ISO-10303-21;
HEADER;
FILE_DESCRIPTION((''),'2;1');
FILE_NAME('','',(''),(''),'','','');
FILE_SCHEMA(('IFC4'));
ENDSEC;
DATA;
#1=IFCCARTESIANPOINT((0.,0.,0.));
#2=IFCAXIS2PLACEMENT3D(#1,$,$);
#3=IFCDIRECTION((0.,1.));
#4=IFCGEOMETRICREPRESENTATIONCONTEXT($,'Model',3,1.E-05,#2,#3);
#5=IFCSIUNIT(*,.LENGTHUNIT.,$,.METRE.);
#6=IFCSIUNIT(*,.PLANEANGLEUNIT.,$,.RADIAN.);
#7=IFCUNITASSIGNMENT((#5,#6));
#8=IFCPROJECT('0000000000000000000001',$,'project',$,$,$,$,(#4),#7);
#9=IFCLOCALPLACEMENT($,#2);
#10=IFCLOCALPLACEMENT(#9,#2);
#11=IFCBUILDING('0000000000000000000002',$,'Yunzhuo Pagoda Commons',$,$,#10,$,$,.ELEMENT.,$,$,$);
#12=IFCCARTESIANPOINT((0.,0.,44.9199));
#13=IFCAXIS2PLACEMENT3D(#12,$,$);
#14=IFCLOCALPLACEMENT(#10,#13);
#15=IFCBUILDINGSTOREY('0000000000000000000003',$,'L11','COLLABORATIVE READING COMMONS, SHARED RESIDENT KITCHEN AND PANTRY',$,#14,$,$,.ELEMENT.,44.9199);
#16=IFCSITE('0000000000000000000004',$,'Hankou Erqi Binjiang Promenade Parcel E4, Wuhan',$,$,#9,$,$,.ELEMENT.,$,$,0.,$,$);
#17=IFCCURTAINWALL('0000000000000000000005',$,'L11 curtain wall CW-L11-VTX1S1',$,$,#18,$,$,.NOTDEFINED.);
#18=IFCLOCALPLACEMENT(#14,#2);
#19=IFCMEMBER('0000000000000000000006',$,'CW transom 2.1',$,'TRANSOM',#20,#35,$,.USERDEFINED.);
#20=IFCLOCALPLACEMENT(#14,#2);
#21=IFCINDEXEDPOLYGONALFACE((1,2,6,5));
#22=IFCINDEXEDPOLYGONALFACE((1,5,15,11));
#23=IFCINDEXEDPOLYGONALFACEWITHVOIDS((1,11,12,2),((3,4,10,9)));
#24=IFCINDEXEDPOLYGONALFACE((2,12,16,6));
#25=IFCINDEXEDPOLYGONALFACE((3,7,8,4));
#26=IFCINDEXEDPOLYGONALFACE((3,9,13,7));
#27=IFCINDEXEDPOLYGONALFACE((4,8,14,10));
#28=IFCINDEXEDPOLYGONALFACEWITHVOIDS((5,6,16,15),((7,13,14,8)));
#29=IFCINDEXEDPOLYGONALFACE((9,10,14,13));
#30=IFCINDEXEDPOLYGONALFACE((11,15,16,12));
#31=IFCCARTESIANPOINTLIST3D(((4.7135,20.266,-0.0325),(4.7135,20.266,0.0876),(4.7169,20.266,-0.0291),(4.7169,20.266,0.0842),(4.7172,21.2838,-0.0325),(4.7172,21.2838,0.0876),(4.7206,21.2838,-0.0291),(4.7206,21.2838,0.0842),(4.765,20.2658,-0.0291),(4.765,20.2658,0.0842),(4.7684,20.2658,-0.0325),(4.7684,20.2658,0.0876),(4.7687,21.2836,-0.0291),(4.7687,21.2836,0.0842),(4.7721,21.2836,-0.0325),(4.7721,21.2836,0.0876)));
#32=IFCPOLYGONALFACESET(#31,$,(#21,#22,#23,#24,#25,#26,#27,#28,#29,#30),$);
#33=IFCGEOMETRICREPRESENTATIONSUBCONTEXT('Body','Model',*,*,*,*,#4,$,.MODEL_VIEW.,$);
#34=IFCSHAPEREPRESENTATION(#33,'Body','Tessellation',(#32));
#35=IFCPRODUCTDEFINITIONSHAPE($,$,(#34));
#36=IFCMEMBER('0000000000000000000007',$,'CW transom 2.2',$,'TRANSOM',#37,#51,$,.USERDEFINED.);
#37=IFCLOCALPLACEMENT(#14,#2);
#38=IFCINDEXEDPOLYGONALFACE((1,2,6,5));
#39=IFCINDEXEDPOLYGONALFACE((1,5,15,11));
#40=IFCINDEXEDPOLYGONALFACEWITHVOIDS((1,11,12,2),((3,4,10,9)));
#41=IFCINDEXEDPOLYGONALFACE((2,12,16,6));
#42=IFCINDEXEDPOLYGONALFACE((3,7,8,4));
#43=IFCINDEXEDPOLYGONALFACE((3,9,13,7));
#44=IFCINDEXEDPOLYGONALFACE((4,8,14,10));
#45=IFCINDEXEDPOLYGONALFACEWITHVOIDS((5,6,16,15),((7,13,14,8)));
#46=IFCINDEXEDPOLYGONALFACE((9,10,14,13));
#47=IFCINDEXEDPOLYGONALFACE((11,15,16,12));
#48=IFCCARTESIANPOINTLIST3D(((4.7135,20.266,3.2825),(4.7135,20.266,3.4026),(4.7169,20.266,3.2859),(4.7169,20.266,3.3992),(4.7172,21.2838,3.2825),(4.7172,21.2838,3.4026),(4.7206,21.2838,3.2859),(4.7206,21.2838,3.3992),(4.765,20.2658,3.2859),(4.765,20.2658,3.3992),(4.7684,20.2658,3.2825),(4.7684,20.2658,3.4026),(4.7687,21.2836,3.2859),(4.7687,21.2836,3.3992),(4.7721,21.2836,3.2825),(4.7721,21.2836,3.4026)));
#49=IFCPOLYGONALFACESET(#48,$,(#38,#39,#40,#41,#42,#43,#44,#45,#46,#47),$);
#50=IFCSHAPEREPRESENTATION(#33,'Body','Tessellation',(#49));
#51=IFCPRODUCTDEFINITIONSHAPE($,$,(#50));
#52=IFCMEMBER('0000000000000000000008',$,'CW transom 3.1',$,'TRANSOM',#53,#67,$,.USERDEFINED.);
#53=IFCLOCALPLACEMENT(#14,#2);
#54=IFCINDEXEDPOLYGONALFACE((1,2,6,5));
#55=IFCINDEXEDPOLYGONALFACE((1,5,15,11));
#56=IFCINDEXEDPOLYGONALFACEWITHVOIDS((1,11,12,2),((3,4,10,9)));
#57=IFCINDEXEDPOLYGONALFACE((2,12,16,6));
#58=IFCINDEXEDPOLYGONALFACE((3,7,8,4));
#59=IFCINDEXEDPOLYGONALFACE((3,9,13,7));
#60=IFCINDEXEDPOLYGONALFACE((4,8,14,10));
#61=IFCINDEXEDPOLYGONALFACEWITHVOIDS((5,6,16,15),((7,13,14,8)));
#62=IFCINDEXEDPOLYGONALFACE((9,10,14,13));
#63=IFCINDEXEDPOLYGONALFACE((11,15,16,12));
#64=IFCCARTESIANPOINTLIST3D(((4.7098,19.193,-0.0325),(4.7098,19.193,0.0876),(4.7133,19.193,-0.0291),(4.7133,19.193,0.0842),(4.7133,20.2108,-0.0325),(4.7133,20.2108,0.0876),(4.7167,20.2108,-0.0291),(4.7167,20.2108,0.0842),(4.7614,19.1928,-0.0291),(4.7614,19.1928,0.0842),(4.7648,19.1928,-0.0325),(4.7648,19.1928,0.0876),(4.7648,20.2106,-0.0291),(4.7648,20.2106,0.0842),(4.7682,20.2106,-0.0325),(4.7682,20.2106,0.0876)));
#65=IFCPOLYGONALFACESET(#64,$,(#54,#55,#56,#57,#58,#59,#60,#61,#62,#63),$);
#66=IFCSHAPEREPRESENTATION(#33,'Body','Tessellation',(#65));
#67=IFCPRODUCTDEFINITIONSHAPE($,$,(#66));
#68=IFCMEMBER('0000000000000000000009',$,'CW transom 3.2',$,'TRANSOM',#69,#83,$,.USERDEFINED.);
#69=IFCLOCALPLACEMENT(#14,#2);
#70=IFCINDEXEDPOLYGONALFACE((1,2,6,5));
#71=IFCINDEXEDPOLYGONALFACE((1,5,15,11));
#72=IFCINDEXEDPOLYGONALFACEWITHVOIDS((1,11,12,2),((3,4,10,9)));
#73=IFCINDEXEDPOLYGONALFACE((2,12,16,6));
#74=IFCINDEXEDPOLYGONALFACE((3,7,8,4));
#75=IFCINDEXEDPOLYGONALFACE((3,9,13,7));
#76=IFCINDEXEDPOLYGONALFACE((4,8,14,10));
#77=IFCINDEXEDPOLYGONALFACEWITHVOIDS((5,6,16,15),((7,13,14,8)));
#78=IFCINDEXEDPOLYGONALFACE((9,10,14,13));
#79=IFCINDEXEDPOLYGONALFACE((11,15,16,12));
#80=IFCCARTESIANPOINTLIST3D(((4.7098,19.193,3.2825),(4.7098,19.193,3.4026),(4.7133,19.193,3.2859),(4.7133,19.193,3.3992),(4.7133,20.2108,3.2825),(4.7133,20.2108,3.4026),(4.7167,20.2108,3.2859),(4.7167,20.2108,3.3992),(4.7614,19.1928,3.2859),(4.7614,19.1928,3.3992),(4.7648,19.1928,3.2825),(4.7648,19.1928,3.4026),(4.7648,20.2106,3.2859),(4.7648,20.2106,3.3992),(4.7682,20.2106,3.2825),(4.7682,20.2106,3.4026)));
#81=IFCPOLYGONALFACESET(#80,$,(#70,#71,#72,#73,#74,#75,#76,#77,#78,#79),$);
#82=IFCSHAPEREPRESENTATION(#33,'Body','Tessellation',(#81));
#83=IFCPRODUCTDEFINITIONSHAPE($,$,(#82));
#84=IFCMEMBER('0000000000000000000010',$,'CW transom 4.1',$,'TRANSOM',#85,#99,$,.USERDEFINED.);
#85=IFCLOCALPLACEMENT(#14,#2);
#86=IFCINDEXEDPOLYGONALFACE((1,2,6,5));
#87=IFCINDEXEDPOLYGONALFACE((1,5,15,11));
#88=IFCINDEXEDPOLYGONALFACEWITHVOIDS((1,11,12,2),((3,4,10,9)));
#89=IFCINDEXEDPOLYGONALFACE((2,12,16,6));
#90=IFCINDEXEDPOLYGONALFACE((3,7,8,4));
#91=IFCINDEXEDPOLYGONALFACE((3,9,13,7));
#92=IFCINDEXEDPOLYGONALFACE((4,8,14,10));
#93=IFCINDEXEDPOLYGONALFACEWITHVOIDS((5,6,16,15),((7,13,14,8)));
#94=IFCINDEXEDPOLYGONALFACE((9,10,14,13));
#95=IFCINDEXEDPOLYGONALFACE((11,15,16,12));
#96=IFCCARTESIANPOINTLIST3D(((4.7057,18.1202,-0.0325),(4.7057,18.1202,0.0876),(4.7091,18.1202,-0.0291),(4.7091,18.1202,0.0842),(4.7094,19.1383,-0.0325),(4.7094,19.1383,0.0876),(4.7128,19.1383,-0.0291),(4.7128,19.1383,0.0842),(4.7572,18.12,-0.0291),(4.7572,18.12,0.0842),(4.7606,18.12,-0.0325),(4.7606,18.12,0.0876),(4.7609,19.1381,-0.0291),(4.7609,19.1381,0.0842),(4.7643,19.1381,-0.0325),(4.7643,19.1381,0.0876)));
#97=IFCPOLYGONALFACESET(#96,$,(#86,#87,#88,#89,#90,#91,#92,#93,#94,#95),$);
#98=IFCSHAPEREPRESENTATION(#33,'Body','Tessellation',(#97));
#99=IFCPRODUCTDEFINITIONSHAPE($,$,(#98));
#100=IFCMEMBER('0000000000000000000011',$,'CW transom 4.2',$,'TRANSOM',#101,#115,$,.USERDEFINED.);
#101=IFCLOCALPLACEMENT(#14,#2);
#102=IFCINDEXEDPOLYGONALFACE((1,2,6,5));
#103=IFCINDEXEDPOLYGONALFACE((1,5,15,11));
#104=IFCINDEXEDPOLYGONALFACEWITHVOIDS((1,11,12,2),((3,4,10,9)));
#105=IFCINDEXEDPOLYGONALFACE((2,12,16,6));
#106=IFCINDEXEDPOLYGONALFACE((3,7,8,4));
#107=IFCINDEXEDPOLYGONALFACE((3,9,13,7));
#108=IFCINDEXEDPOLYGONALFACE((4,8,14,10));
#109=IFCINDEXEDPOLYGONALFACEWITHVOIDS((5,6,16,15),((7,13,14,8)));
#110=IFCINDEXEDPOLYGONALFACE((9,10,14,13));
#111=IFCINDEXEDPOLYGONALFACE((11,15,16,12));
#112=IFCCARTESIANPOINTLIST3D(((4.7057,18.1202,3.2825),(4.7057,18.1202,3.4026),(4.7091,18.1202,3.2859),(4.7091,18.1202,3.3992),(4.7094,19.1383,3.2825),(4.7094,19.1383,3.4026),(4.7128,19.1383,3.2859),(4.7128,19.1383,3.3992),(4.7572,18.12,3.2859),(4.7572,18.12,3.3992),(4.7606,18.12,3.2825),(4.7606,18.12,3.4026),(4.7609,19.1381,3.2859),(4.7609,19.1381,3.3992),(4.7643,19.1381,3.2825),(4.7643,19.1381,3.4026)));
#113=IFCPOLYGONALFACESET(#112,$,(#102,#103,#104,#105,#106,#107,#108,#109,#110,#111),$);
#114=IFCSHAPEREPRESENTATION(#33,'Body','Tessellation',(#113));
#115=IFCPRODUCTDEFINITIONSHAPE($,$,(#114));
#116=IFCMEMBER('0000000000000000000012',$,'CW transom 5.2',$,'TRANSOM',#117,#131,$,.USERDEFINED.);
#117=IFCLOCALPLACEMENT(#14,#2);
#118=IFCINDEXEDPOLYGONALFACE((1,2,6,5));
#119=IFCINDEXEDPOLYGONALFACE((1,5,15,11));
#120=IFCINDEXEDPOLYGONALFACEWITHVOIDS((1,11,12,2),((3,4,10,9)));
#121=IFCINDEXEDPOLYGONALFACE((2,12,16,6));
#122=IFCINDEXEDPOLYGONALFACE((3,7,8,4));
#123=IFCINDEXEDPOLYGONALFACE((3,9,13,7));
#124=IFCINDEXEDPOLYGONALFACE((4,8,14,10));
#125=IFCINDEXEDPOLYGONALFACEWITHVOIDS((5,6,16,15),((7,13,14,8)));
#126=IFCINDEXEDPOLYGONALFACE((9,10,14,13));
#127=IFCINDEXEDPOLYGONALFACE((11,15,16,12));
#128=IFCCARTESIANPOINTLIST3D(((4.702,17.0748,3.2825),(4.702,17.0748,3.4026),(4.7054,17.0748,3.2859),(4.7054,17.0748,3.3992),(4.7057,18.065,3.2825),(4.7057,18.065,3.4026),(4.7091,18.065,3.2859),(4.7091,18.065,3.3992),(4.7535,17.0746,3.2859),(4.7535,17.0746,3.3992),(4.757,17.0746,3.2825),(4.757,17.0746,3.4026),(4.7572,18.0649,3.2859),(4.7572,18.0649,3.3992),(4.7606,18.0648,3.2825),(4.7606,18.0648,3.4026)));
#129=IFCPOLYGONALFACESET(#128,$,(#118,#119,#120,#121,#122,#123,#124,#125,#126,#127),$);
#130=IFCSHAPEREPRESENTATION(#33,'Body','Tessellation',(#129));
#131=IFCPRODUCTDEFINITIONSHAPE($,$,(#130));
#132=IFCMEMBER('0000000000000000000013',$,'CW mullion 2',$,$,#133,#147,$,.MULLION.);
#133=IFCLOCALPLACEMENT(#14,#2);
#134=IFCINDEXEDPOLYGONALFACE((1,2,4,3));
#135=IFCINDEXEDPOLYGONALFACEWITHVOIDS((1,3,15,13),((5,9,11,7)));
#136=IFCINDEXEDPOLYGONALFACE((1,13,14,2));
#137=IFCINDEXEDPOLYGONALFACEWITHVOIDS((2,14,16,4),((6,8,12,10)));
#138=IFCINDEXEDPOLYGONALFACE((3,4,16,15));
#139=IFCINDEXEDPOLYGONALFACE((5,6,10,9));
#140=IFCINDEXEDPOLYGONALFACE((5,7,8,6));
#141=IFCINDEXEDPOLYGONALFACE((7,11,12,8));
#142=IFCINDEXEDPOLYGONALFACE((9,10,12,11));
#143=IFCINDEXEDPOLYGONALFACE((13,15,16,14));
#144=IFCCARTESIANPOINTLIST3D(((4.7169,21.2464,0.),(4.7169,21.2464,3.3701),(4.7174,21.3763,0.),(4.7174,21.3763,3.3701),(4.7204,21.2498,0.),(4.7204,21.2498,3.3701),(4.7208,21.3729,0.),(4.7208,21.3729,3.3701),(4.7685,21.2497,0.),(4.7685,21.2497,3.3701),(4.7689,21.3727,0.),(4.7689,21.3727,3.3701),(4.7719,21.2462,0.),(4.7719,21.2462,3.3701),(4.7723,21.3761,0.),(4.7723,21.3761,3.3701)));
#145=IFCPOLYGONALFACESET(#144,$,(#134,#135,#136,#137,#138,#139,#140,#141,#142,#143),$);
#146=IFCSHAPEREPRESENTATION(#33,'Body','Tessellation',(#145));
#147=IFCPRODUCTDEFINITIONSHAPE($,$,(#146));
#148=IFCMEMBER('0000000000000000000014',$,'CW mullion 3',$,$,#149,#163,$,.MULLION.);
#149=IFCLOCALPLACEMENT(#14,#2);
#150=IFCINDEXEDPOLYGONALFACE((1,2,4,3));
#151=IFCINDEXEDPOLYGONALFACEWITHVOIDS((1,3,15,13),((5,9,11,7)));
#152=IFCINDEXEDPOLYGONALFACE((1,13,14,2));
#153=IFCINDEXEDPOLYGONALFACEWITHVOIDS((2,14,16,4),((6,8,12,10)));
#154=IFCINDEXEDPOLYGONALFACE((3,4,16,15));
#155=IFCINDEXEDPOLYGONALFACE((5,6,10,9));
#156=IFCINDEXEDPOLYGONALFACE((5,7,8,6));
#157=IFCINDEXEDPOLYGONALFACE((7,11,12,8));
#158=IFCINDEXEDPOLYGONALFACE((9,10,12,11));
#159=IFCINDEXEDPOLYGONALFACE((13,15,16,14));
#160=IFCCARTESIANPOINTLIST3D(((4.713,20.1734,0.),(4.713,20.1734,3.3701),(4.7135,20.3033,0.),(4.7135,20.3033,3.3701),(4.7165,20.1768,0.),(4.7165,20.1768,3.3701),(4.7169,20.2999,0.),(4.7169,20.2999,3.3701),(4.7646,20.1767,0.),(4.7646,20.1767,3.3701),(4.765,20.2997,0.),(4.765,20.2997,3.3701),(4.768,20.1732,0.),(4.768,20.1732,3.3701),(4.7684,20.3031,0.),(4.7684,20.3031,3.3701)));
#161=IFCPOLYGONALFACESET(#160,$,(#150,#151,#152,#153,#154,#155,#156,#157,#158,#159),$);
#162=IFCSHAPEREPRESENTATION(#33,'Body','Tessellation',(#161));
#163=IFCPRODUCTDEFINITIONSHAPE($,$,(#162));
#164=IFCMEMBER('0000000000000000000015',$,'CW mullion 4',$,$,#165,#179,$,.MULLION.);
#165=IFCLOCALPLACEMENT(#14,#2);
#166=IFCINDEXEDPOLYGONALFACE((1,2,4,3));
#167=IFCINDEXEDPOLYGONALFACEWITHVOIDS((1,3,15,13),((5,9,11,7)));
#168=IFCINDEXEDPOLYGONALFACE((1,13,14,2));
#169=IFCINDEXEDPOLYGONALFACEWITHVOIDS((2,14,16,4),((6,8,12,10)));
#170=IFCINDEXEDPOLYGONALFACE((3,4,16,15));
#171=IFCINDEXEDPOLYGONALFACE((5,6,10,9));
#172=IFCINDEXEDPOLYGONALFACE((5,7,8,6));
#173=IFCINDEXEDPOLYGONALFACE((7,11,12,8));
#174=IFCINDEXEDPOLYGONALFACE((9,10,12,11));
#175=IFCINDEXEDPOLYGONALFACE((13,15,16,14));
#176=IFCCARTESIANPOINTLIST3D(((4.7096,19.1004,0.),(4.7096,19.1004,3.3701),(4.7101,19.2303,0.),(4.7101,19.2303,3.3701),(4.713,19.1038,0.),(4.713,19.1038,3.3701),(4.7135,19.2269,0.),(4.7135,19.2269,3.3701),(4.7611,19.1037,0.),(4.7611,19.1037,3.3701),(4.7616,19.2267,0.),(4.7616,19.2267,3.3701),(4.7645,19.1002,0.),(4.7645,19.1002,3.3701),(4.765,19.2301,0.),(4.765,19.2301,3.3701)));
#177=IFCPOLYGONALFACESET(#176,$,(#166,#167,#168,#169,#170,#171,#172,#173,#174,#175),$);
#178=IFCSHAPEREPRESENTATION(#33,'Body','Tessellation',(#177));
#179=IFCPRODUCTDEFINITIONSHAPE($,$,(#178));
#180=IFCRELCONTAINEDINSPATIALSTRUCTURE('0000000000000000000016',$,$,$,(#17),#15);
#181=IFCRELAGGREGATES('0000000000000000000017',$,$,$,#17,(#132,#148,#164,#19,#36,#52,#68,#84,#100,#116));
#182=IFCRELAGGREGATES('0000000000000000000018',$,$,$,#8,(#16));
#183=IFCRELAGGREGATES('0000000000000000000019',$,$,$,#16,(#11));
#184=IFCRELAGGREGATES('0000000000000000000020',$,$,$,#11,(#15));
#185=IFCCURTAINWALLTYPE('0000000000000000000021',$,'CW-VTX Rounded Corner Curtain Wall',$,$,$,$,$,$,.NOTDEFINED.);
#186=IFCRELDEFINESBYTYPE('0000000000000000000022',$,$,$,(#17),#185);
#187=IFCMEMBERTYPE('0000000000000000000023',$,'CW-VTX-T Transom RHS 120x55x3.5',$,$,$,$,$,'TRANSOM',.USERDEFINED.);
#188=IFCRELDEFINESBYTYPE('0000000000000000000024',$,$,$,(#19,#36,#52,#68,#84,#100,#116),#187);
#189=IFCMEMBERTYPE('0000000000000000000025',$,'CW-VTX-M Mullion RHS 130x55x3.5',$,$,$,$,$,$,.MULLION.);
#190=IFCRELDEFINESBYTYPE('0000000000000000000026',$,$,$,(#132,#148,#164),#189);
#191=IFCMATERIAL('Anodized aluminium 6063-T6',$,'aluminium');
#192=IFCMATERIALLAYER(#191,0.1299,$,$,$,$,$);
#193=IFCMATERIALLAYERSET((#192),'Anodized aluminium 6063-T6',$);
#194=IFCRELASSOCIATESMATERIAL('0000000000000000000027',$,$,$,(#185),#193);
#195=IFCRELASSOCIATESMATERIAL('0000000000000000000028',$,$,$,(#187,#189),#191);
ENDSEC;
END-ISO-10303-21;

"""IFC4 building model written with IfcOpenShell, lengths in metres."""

from ifc_helpers import new_model, si_unit, direction, frame, origin, origin_2d, place, context, subcontext, project, spatial, hollow_rectangle, extrude, source, transform, mapped, material, layer, layer_set, material_profile, profile_set, type_object, element, aggregate, save


model = new_model("IFC4")

# Units and contexts
model_context = context("Model", 3, precision=1e-05, world=origin(), true_north=direction((0.0, 1.0)))
body_context = subcontext(model_context, "Body", "Model", "MODEL_VIEW")
ifc_project = project(units=[si_unit("LENGTHUNIT", "METRE"), si_unit("PLANEANGLEUNIT", "RADIAN")], contexts=[model_context])

# Site, building, storey
site_placement = place(None, origin())
site = spatial("IfcSite", under=ifc_project, at=site_placement, Name="Hankou Erqi Binjiang Promenade Parcel E4, Wuhan", CompositionType="ELEMENT", RefElevation=0.0)
building_placement = place(site_placement, origin())
building = spatial("IfcBuilding", under=site, at=building_placement, Name="Yunzhuo Pagoda Commons", CompositionType="ELEMENT")
storey_placement = place(building_placement, frame((0.0, 0.0, 44.9199)))
storey = spatial("IfcBuildingStorey", under=building, at=storey_placement, Name="L11", Description="COLLABORATIVE READING COMMONS, SHARED RESIDENT KITCHEN AND PANTRY", CompositionType="ELEMENT", Elevation=44.9199)

# Shared definitions
ifc_material_1 = material(Name="Anodized aluminium 6063-T6", Category="aluminium")

# Curtain wall, members
ifc_layer_1 = layer(ifc_material_1, 0.1299)
ifc_layer_set_1 = layer_set([ifc_layer_1], Name="Anodized aluminium 6063-T6")
curtain_wall_type_1 = type_object("IfcCurtainWallType", Name="CW-VTX Rounded Corner Curtain Wall", PredefinedType="NOTDEFINED", material=ifc_layer_set_1)
curtain_wall_1_placement = place(storey_placement, origin())
curtain_wall_1 = element("IfcCurtainWall", 1, at=curtain_wall_1_placement, inside=storey, type_object=curtain_wall_type_1, Name="L11 curtain wall CW-L11-VTX1S1", PredefinedType="NOTDEFINED")
ifc_material_profile_1 = material_profile(ifc_material_1, hollow_rectangle(XDim=0.0549, YDim=0.1201, WallThickness=0.0034, at=origin_2d()), Name="Anodized aluminium 6063-T6")
ifc_profile_set_1 = profile_set([ifc_material_profile_1], Name="Anodized aluminium 6063-T6")
member_type_1 = type_object("IfcMemberType", Name="CW-VTX-T Transom RHS 120x55x3.5", ElementType="TRANSOM", PredefinedType="USERDEFINED", material=ifc_profile_set_1)
shared_shape_1 = source(origin(), body_context, "Body", "SweptSolid", [
    extrude(hollow_rectangle(XDim=0.0549, YDim=0.1201, WallThickness=0.0034, at=origin_2d()), origin(), (0.0, 0.0, 1.0), 1.0178),
])
member_1_placement = place(storey_placement, frame((4.7446, 21.2837, 0.0276), z_axis=(-0.003598, -0.999994, 0.0), x_axis=(0.999994, -0.003598, 0.0)))
member_1 = element("IfcMember", 2, at=member_1_placement, type_object=member_type_1, Name="CW transom 2.1", ObjectType="TRANSOM", PredefinedType="USERDEFINED", context=body_context, shape_type="MappedRepresentation", body=[
    mapped(shared_shape_1, transform((0.0, 0.0, 0.0), scale=1.0)),
])
member_2_placement = place(storey_placement, frame((4.7446, 21.2837, 3.3425), z_axis=(-0.003598, -0.999994, 0.0), x_axis=(0.999994, -0.003598, 0.0)))
member_2 = element("IfcMember", 3, at=member_2_placement, type_object=member_type_1, Name="CW transom 2.2", ObjectType="TRANSOM", PredefinedType="USERDEFINED", context=body_context, shape_type="MappedRepresentation", body=[
    mapped(shared_shape_1, transform((0.0, 0.0, 0.0), scale=1.0)),
])
member_3_placement = place(storey_placement, frame((4.7407, 20.2107, 0.0276), z_axis=(-0.003358, -0.999994, 0.0), x_axis=(0.999994, -0.003358, 0.0)))
member_3 = element("IfcMember", 4, at=member_3_placement, type_object=member_type_1, Name="CW transom 3.1", ObjectType="TRANSOM", PredefinedType="USERDEFINED", context=body_context, shape_type="MappedRepresentation", body=[
    mapped(shared_shape_1, transform((0.0, 0.0, 0.0), scale=1.0)),
])
member_4_placement = place(storey_placement, frame((4.7407, 20.2107, 3.3425), z_axis=(-0.003358, -0.999994, 0.0), x_axis=(0.999994, -0.003358, 0.0)))
member_4 = element("IfcMember", 5, at=member_4_placement, type_object=member_type_1, Name="CW transom 3.2", ObjectType="TRANSOM", PredefinedType="USERDEFINED", context=body_context, shape_type="MappedRepresentation", body=[
    mapped(shared_shape_1, transform((0.0, 0.0, 0.0), scale=1.0)),
])
shared_shape_2 = source(origin(), body_context, "Body", "SweptSolid", [
    extrude(hollow_rectangle(XDim=0.0549, YDim=0.1201, WallThickness=0.0034, at=origin_2d()), origin(), (0.0, 0.0, 1.0), 1.0181),
])
member_5_placement = place(storey_placement, frame((4.7368, 19.1382, 0.0276), z_axis=(-0.003597, -0.999994, 0.0), x_axis=(0.999994, -0.003597, 0.0)))
member_5 = element("IfcMember", 6, at=member_5_placement, type_object=member_type_1, Name="CW transom 4.1", ObjectType="TRANSOM", PredefinedType="USERDEFINED", context=body_context, shape_type="MappedRepresentation", body=[
    mapped(shared_shape_2, transform((0.0, 0.0, 0.0), scale=1.0)),
])
member_6_placement = place(storey_placement, frame((4.7368, 19.1382, 3.3425), z_axis=(-0.003597, -0.999994, 0.0), x_axis=(0.999994, -0.003597, 0.0)))
member_6 = element("IfcMember", 7, at=member_6_placement, type_object=member_type_1, Name="CW transom 4.2", ObjectType="TRANSOM", PredefinedType="USERDEFINED", context=body_context, shape_type="MappedRepresentation", body=[
    mapped(shared_shape_2, transform((0.0, 0.0, 0.0), scale=1.0)),
])
shared_shape_3 = source(origin(), body_context, "Body", "SweptSolid", [
    extrude(hollow_rectangle(XDim=0.0549, YDim=0.1201, WallThickness=0.0034, at=origin_2d()), origin(), (0.0, 0.0, 1.0), 0.9902),
])
member_7_placement = place(storey_placement, frame((4.7332, 18.0649, 3.3425), z_axis=(-0.003698, -0.999993, 0.0), x_axis=(0.999993, -0.003698, 0.0)))
member_7 = element("IfcMember", 8, at=member_7_placement, type_object=member_type_1, Name="CW transom 5.2", ObjectType="TRANSOM", PredefinedType="USERDEFINED", context=body_context, shape_type="MappedRepresentation", body=[
    mapped(shared_shape_3, transform((0.0, 0.0, 0.0), scale=1.0)),
])
ifc_material_profile_2 = material_profile(ifc_material_1, hollow_rectangle(XDim=0.0549, YDim=0.1299, WallThickness=0.0034, at=origin_2d()), Name="Anodized aluminium 6063-T6")
ifc_profile_set_2 = profile_set([ifc_material_profile_2], Name="Anodized aluminium 6063-T6")
member_type_2 = type_object("IfcMemberType", Name="CW-VTX-M Mullion RHS 130x55x3.5", PredefinedType="MULLION", material=ifc_profile_set_2)
shared_shape_4 = source(origin(), body_context, "Body", "SweptSolid", [
    extrude(hollow_rectangle(XDim=0.0549, YDim=0.1299, WallThickness=0.0034, at=origin_2d()), origin(), (0.0, 0.0, 1.0), 3.3701),
])
member_8_placement = place(storey_placement, frame((4.7446, 21.3113, 0.0), z_axis=(0.0, 0.0, 1.0), x_axis=(0.999994, -0.003579, 0.0)))
member_8 = element("IfcMember", 9, at=member_8_placement, type_object=member_type_2, Name="CW mullion 2", PredefinedType="MULLION", context=body_context, shape_type="MappedRepresentation", body=[
    mapped(shared_shape_4, transform((0.0, 0.0, 0.0), scale=1.0)),
])
member_9_placement = place(storey_placement, frame((4.7407, 20.2383, 0.0), z_axis=(0.0, 0.0, 1.0), x_axis=(0.999994, -0.003579, 0.0)))
member_9 = element("IfcMember", 10, at=member_9_placement, type_object=member_type_2, Name="CW mullion 3", PredefinedType="MULLION", context=body_context, shape_type="MappedRepresentation", body=[
    mapped(shared_shape_4, transform((0.0, 0.0, 0.0), scale=1.0)),
])
member_10_placement = place(storey_placement, frame((4.7373, 19.1653, 0.0), z_axis=(0.0, 0.0, 1.0), x_axis=(0.999994, -0.003579, 0.0)))
member_10 = element("IfcMember", 11, at=member_10_placement, type_object=member_type_2, Name="CW mullion 4", PredefinedType="MULLION", context=body_context, shape_type="MappedRepresentation", body=[
    mapped(shared_shape_4, transform((0.0, 0.0, 0.0), scale=1.0)),
])

aggregate(curtain_wall_1, [member_8, member_9, member_10, member_1, member_2, member_3, member_4, member_5, member_6, member_7])

save(model, "model.ifc")
